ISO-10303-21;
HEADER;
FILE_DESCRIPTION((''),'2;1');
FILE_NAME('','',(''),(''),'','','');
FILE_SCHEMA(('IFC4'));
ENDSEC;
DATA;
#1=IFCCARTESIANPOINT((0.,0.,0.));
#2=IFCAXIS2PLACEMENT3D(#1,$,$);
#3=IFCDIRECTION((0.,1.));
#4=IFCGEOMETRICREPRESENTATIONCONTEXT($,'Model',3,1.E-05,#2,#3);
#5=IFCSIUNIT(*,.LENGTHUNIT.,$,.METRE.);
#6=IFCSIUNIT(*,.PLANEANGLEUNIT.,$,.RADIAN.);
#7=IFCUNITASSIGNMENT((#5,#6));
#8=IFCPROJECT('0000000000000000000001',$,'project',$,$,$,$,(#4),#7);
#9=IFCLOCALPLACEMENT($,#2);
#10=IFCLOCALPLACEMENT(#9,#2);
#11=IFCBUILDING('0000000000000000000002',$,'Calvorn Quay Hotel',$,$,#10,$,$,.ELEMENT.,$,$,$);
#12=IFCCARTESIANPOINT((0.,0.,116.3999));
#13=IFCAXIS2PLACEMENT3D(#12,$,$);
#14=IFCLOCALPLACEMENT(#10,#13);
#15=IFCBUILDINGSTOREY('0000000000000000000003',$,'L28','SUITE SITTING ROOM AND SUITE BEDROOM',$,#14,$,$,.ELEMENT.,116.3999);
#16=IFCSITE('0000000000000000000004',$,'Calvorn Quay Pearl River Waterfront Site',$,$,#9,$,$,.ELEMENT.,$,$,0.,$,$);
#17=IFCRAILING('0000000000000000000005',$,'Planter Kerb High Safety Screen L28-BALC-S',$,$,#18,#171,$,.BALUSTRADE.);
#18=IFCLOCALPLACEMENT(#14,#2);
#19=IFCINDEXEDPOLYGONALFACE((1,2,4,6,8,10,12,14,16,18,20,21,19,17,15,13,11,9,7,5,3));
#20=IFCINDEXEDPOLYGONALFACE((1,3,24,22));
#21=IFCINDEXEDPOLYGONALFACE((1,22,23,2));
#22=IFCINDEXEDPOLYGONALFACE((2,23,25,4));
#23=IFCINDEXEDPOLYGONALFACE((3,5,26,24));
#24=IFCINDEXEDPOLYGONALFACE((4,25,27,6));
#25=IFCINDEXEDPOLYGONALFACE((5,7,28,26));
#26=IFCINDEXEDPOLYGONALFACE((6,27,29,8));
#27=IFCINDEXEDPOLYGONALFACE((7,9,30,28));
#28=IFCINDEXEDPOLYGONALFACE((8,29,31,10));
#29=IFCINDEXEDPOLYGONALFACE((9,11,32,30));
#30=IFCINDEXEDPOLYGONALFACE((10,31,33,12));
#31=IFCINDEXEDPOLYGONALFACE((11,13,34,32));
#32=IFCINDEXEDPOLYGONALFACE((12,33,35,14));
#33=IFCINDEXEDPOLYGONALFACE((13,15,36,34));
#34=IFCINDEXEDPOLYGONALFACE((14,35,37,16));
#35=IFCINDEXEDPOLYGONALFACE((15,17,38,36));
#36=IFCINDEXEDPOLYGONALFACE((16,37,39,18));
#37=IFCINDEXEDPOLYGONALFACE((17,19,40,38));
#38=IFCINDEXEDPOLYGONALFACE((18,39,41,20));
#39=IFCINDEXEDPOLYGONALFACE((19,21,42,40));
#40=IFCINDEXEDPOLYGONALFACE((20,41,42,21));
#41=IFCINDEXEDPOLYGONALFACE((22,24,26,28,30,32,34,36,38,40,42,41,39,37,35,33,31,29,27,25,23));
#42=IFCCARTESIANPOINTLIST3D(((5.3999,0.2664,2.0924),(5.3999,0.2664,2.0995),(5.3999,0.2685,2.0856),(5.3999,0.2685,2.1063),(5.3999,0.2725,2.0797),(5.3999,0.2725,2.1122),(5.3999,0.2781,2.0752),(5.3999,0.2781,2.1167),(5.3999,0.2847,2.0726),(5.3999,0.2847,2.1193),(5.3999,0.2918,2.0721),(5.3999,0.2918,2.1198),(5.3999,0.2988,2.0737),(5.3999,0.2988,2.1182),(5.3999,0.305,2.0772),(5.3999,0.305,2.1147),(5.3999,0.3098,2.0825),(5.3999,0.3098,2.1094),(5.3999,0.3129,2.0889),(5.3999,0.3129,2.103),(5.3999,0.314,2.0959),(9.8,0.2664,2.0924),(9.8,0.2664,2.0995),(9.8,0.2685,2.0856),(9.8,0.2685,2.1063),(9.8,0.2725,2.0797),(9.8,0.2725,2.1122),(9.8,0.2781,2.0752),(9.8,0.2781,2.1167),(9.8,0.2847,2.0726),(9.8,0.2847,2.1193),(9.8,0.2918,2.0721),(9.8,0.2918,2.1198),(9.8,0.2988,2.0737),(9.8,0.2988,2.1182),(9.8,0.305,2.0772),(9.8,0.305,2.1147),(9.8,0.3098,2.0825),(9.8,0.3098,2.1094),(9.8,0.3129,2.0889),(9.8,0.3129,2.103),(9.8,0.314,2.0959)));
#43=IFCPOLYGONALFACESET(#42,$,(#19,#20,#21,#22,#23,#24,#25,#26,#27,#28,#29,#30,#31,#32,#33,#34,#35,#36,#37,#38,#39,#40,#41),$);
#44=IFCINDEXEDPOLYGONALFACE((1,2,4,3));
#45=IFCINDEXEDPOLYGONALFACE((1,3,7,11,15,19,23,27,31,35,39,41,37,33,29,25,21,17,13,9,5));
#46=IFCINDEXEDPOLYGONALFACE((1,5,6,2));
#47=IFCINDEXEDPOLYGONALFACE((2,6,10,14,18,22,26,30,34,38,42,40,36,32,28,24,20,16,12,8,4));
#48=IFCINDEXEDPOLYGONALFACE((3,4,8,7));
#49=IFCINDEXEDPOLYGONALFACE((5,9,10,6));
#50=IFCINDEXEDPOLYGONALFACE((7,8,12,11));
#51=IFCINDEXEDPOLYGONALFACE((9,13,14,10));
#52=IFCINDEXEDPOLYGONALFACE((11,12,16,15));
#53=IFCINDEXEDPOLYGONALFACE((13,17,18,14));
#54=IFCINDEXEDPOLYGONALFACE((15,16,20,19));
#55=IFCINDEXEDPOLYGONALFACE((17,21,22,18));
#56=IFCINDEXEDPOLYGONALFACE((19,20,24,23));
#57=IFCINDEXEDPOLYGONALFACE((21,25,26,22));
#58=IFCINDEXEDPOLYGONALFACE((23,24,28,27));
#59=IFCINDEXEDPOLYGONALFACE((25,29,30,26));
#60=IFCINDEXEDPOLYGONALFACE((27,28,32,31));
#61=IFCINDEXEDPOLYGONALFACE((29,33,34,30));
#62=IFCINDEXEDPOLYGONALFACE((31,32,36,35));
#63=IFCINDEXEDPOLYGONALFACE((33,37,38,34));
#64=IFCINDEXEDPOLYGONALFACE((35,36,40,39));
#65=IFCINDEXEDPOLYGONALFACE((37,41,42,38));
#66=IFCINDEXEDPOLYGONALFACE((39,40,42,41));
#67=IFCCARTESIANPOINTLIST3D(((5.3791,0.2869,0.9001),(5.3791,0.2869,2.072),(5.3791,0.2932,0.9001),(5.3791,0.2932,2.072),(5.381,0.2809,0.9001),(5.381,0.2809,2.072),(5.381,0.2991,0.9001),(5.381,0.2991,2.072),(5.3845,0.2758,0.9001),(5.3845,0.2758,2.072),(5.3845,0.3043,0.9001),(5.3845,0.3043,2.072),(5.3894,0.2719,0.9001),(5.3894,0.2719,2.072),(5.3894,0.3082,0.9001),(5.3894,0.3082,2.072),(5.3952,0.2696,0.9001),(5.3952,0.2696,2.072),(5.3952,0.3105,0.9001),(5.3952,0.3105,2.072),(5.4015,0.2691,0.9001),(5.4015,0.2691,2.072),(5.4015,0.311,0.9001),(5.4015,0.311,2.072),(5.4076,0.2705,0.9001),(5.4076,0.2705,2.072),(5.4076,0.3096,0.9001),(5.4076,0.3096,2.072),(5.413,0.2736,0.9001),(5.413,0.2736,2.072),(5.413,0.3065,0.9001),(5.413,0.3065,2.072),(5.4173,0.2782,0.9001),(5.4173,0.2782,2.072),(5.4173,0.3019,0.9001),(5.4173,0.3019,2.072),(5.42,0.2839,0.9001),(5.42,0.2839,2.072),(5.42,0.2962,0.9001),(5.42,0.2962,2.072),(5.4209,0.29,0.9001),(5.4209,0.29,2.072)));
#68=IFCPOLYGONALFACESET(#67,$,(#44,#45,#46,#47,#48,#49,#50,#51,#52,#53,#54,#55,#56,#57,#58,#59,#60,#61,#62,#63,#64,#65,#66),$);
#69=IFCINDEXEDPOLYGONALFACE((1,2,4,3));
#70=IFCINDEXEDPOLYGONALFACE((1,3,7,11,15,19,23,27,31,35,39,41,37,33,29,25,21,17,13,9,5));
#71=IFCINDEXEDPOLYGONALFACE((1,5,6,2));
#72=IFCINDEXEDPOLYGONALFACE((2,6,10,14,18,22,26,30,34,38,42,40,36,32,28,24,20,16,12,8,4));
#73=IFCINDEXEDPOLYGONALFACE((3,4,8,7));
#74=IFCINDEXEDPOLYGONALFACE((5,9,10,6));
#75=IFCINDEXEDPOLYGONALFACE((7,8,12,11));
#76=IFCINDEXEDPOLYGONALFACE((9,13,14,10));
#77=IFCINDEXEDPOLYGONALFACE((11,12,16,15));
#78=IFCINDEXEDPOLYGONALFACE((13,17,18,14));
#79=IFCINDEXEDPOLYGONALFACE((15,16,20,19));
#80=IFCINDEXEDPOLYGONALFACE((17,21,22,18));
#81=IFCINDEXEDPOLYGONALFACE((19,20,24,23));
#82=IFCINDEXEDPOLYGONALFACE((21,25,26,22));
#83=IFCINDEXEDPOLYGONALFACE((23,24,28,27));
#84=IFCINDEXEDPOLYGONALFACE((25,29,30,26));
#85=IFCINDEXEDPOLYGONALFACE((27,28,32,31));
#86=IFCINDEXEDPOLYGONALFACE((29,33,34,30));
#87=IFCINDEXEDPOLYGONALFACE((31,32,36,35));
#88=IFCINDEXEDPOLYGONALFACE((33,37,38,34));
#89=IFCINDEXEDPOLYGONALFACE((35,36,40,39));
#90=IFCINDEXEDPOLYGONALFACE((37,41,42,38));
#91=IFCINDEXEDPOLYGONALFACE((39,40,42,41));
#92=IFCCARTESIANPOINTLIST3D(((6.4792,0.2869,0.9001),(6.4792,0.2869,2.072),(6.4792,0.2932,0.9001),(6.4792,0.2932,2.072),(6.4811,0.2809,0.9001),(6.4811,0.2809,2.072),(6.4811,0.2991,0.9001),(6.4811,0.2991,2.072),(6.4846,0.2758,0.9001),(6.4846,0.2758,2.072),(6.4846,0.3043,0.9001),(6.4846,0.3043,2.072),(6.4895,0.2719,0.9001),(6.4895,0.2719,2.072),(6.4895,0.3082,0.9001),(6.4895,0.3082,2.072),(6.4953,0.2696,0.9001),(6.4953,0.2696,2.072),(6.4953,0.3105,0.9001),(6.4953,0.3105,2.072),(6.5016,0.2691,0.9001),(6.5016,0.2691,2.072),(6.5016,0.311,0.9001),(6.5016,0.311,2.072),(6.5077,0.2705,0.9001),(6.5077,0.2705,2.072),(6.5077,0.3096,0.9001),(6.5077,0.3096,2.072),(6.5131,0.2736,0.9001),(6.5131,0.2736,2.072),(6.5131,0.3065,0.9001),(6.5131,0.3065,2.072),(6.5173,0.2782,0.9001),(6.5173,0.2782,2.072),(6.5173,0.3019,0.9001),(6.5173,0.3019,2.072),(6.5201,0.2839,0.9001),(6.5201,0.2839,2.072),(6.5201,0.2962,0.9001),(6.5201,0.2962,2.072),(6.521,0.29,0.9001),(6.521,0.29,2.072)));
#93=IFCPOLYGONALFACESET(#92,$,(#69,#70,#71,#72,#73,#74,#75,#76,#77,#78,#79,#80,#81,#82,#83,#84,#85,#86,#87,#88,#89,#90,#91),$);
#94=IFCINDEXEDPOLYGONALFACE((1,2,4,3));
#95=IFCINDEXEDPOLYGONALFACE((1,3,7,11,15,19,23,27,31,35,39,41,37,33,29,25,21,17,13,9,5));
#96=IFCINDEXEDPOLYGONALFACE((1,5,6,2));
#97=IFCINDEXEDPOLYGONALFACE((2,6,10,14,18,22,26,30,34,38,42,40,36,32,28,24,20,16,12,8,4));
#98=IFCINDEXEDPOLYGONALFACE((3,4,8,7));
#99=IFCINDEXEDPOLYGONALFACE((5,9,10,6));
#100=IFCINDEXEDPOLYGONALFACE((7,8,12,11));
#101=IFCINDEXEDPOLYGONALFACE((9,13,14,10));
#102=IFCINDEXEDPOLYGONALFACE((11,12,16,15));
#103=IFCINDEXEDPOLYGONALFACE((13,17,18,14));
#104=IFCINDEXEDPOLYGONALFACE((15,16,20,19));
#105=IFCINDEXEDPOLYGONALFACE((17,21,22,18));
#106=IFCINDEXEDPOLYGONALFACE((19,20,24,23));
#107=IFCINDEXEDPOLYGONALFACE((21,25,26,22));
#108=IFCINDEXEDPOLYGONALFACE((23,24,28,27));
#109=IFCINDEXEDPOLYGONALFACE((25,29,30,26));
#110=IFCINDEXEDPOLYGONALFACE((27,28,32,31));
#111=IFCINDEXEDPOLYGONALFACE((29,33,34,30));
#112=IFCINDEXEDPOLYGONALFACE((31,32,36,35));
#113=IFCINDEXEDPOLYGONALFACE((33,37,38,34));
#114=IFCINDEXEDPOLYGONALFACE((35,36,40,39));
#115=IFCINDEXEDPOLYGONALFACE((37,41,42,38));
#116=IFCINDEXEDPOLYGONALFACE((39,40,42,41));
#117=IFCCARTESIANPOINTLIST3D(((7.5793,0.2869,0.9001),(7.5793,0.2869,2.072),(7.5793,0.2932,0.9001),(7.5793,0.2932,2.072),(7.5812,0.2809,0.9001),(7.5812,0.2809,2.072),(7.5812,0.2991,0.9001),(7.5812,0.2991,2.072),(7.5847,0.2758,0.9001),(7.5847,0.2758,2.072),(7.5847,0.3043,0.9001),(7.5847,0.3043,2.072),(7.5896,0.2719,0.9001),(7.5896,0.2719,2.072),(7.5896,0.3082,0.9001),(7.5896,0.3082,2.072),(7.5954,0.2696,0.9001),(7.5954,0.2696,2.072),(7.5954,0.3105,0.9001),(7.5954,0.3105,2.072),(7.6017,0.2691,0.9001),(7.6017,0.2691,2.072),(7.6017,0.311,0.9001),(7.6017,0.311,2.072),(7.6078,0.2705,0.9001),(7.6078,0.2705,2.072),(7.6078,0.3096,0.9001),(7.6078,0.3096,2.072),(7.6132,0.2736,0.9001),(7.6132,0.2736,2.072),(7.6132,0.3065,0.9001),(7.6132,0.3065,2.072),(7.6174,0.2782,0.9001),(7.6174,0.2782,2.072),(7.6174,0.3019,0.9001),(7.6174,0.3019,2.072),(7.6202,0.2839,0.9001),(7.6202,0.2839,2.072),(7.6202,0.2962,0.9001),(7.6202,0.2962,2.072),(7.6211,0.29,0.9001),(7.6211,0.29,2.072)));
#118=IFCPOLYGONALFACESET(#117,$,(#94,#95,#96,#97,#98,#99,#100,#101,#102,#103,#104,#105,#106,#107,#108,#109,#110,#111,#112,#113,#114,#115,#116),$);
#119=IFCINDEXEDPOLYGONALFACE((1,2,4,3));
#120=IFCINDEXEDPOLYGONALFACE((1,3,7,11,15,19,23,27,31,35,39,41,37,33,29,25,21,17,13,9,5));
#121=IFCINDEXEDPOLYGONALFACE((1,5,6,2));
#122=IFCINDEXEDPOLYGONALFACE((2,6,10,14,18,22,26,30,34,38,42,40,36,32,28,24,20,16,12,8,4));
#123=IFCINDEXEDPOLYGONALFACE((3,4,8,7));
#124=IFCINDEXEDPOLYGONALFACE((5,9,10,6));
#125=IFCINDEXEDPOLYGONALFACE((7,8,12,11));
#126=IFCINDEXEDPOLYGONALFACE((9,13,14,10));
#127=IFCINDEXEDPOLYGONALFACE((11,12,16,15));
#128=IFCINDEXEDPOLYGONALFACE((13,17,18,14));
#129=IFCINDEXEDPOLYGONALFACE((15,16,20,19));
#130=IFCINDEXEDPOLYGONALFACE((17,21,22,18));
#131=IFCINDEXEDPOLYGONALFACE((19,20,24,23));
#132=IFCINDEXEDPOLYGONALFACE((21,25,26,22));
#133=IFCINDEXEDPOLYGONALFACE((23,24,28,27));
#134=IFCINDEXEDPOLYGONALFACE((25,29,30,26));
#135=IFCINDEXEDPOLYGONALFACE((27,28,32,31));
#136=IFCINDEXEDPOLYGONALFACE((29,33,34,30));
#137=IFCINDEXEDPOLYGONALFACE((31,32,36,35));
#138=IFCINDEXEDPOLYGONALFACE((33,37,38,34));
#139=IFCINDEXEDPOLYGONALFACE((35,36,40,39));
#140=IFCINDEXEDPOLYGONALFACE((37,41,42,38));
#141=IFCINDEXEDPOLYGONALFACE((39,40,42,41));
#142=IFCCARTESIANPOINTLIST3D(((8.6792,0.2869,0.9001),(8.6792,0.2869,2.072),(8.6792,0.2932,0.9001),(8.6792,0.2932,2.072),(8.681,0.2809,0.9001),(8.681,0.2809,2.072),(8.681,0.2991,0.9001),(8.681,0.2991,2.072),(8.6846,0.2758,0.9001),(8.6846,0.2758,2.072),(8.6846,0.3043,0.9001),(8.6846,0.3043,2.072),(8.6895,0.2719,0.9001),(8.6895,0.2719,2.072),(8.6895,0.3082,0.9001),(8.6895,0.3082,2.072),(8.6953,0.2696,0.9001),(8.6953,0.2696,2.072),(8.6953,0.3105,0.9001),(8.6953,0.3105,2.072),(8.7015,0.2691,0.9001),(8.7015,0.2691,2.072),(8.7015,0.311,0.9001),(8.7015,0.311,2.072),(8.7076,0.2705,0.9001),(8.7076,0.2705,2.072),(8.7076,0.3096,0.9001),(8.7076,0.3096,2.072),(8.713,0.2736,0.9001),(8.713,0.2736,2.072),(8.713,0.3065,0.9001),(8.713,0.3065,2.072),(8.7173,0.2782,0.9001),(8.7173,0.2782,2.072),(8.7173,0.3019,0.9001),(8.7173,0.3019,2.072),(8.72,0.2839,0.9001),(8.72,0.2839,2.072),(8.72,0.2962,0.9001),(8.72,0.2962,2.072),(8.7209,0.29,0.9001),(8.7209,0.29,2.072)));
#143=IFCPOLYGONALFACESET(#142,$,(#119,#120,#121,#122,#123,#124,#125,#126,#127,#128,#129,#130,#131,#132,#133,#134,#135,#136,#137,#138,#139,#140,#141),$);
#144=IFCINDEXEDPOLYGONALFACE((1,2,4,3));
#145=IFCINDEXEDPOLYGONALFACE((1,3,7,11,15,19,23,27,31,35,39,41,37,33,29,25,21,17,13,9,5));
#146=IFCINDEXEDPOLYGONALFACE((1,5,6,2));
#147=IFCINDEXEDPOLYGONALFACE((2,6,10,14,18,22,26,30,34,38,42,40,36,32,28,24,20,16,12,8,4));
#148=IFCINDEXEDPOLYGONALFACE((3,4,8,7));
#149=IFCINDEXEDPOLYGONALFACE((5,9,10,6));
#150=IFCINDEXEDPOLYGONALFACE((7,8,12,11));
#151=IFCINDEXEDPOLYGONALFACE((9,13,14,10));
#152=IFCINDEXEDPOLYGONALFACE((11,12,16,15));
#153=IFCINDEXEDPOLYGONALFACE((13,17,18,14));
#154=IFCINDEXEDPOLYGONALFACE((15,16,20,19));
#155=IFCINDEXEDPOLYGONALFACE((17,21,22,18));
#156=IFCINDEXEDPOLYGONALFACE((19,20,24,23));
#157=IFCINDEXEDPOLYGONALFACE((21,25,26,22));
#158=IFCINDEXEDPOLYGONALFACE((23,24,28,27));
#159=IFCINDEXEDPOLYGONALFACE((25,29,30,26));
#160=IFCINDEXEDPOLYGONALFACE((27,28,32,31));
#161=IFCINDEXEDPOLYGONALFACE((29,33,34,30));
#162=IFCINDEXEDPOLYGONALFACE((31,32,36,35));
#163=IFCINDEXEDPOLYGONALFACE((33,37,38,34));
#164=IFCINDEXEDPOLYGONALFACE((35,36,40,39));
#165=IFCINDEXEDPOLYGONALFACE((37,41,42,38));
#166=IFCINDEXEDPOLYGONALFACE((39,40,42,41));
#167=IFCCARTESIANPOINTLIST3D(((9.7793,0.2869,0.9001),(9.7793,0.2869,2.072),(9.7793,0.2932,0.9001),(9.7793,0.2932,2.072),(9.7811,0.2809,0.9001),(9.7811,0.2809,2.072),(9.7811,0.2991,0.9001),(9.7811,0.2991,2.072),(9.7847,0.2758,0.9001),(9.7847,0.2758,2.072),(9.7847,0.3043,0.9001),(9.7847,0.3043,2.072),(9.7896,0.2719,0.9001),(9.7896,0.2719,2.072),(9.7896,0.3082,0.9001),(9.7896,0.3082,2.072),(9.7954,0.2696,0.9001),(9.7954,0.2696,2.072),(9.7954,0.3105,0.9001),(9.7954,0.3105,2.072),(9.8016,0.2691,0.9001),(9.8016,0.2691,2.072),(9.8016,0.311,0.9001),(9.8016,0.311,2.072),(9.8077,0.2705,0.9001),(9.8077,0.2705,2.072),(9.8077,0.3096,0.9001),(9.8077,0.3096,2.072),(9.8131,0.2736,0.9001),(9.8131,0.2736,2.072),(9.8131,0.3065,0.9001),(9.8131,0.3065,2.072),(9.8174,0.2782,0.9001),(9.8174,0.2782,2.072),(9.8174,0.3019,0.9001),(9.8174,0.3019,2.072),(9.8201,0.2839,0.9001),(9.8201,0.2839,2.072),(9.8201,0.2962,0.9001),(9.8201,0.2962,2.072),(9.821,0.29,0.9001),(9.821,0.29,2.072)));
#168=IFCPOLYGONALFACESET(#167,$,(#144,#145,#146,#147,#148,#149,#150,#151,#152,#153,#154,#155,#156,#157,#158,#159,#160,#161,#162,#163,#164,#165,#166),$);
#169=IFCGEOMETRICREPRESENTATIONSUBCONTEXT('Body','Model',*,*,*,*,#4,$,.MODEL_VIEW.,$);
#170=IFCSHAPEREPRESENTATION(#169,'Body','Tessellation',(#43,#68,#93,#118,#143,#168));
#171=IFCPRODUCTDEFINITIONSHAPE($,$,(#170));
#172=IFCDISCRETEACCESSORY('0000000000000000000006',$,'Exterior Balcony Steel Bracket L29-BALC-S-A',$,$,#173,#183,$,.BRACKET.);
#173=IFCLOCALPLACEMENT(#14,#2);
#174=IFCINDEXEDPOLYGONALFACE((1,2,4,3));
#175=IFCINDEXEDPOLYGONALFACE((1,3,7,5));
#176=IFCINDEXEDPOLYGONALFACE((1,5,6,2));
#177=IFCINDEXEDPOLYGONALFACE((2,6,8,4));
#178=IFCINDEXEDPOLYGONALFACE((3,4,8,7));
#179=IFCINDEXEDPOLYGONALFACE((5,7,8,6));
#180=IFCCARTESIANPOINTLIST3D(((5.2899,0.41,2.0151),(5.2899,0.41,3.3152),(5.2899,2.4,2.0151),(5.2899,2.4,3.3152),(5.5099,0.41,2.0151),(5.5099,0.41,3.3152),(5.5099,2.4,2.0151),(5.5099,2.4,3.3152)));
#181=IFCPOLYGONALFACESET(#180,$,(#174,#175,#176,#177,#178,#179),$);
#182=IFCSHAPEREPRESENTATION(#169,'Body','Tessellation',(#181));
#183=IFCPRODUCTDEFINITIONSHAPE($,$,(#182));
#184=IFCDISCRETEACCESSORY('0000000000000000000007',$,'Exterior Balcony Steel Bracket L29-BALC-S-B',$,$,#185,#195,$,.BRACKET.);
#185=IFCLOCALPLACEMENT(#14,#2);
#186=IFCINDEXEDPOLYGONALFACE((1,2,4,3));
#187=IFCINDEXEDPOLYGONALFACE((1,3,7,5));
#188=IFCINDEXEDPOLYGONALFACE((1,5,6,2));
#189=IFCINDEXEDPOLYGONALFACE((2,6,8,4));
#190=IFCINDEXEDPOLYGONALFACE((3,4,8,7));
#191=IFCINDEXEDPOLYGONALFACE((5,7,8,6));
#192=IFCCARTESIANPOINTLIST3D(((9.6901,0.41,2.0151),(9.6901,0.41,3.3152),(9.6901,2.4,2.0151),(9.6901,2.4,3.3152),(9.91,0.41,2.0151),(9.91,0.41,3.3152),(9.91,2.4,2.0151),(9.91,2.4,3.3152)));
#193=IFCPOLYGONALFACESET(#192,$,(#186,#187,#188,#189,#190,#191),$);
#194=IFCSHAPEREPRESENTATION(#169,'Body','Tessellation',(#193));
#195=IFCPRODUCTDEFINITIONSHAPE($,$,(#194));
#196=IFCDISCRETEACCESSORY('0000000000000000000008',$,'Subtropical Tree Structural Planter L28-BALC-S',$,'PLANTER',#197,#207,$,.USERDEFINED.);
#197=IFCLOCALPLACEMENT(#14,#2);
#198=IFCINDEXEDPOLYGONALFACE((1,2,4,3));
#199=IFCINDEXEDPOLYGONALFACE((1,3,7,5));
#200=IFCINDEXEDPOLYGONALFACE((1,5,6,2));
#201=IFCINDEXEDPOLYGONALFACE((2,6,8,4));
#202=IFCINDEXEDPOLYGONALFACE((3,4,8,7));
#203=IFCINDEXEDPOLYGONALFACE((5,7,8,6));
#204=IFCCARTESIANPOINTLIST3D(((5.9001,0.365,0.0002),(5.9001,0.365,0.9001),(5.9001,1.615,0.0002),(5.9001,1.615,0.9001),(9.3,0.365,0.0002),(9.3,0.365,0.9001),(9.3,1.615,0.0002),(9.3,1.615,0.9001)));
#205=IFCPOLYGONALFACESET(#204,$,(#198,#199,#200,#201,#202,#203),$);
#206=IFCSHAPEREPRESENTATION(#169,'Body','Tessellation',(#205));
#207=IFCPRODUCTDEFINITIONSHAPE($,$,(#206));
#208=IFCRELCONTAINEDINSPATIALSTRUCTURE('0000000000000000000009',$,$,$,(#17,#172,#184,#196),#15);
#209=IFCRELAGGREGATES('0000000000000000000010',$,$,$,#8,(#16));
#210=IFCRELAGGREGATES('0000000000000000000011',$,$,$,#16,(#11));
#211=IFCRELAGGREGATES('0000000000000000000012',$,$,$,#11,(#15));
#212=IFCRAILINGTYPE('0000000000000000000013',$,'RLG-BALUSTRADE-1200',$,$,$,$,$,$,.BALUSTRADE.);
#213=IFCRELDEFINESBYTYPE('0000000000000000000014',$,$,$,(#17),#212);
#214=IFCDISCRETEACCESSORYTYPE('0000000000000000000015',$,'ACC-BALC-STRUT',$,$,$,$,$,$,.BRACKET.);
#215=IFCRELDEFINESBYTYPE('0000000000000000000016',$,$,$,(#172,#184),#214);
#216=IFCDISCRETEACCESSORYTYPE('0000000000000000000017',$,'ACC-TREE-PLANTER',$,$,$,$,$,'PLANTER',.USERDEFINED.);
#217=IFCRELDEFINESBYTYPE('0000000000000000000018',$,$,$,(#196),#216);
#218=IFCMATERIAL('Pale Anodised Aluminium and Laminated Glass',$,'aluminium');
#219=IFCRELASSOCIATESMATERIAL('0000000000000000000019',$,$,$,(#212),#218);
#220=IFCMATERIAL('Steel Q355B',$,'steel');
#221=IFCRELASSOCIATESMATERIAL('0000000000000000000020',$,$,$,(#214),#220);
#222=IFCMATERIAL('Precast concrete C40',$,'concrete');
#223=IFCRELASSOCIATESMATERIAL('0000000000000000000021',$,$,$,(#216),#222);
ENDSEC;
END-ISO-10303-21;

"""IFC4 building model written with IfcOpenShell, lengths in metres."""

from ifc_helpers import new_model, si_unit, direction, frame, origin, origin_2d, place, context, subcontext, project, spatial, rectangle, circle, extrude, material, type_object, element, save


model = new_model("IFC4")

# Units and contexts
model_context = context("Model", 3, precision=1e-05, world=origin(), true_north=direction((0.0, 1.0)))
body_context = subcontext(model_context, "Body", "Model", "MODEL_VIEW")
ifc_project = project(units=[si_unit("LENGTHUNIT", "METRE"), si_unit("PLANEANGLEUNIT", "RADIAN")], contexts=[model_context])

# Site, building, storey
site_placement = place(None, origin())
site = spatial("IfcSite", under=ifc_project, at=site_placement, Name="Calvorn Quay Pearl River Waterfront Site", CompositionType="ELEMENT", RefElevation=0.0)
building_placement = place(site_placement, origin())
building = spatial("IfcBuilding", under=site, at=building_placement, Name="Calvorn Quay Hotel", CompositionType="ELEMENT")
storey_placement = place(building_placement, frame((0.0, 0.0, 116.3999)))
storey = spatial("IfcBuildingStorey", under=building, at=storey_placement, Name="L28", Description="SUITE SITTING ROOM AND SUITE BEDROOM", CompositionType="ELEMENT", Elevation=116.3999)

# Railing
ifc_material_1 = material(Name="Pale Anodised Aluminium and Laminated Glass", Category="aluminium")
railing_type = type_object("IfcRailingType", Name="RLG-BALUSTRADE-1200", PredefinedType="BALUSTRADE", material=ifc_material_1)
railing_1_placement = place(storey_placement, frame((5.3999, 0.29, 0.9001)))
element("IfcRailing", 1, at=railing_1_placement, inside=storey, type_object=railing_type, Name="Planter Kerb High Safety Screen L28-BALC-S", PredefinedType="BALUSTRADE", context=body_context, shape_type="SweptSolid", body=[
    extrude(circle(Radius=0.0239, at=origin_2d()), frame((0.0, 0.0, 1.1958), z_axis=(1.0, 0.0, 0.0), x_axis=(0.0, 1.0, 0.0)), (0.0, 0.0, 1.0), 4.4001),
    extrude(circle(Radius=0.021, at=origin_2d()), origin(), (0.0, 0.0, 1.0), 1.1719),
    extrude(circle(Radius=0.021, at=origin_2d()), frame((1.1001, 0.0, 0.0)), (0.0, 0.0, 1.0), 1.1719),
    extrude(circle(Radius=0.021, at=origin_2d()), frame((2.2002, 0.0, 0.0)), (0.0, 0.0, 1.0), 1.1719),
    extrude(circle(Radius=0.021, at=origin_2d()), frame((3.3, 0.0, 0.0)), (0.0, 0.0, 1.0), 1.1719),
    extrude(circle(Radius=0.021, at=origin_2d()), frame((4.4001, 0.0, 0.0)), (0.0, 0.0, 1.0), 1.1719),
])

# Discrete accessories
ifc_material_2 = material(Name="Steel Q355B", Category="steel")
discrete_accessory_type_1 = type_object("IfcDiscreteAccessoryType", Name="ACC-BALC-STRUT", PredefinedType="BRACKET", material=ifc_material_2)
for number, where, z_axis, x_axis, name in (
    (2, (5.3999, 1.405, 2.0151), (0.0, 0.0, 1.0), (1.0, 0.0, 0.0), "Exterior Balcony Steel Bracket L29-BALC-S-A"),
    (3, (9.8, 1.405, 2.0151), (0.0, 0.0, 1.0), (1.0, 0.0, 0.0), "Exterior Balcony Steel Bracket L29-BALC-S-B"),
):
    element("IfcDiscreteAccessory", number, at=place(storey_placement, frame(where, z_axis=z_axis, x_axis=x_axis)), inside=storey, type_object=discrete_accessory_type_1, Name=name, PredefinedType="BRACKET", context=body_context, shape_type="SweptSolid", body=[
        extrude(rectangle(XDim=0.22, YDim=1.99, at=origin_2d()), origin(), (0.0, 0.0, 1.0), 1.3),
    ])
ifc_material_3 = material(Name="Precast concrete C40", Category="concrete")
discrete_accessory_type_2 = type_object("IfcDiscreteAccessoryType", Name="ACC-TREE-PLANTER", ElementType="PLANTER", PredefinedType="USERDEFINED", material=ifc_material_3)
discrete_accessory_placement = place(storey_placement, frame((7.6001, 0.99, 0.0002), z_axis=(0.0, 0.0, 1.0), x_axis=(1.0, 0.0, 0.0)))
element("IfcDiscreteAccessory", 4, at=discrete_accessory_placement, inside=storey, type_object=discrete_accessory_type_2, Name="Subtropical Tree Structural Planter L28-BALC-S", ObjectType="PLANTER", PredefinedType="USERDEFINED", context=body_context, shape_type="SweptSolid", body=[
    extrude(rectangle(XDim=3.3999, YDim=1.25, at=origin_2d()), origin(), (0.0, 0.0, 1.0), 0.8999),
])

save(model, "model.ifc")
